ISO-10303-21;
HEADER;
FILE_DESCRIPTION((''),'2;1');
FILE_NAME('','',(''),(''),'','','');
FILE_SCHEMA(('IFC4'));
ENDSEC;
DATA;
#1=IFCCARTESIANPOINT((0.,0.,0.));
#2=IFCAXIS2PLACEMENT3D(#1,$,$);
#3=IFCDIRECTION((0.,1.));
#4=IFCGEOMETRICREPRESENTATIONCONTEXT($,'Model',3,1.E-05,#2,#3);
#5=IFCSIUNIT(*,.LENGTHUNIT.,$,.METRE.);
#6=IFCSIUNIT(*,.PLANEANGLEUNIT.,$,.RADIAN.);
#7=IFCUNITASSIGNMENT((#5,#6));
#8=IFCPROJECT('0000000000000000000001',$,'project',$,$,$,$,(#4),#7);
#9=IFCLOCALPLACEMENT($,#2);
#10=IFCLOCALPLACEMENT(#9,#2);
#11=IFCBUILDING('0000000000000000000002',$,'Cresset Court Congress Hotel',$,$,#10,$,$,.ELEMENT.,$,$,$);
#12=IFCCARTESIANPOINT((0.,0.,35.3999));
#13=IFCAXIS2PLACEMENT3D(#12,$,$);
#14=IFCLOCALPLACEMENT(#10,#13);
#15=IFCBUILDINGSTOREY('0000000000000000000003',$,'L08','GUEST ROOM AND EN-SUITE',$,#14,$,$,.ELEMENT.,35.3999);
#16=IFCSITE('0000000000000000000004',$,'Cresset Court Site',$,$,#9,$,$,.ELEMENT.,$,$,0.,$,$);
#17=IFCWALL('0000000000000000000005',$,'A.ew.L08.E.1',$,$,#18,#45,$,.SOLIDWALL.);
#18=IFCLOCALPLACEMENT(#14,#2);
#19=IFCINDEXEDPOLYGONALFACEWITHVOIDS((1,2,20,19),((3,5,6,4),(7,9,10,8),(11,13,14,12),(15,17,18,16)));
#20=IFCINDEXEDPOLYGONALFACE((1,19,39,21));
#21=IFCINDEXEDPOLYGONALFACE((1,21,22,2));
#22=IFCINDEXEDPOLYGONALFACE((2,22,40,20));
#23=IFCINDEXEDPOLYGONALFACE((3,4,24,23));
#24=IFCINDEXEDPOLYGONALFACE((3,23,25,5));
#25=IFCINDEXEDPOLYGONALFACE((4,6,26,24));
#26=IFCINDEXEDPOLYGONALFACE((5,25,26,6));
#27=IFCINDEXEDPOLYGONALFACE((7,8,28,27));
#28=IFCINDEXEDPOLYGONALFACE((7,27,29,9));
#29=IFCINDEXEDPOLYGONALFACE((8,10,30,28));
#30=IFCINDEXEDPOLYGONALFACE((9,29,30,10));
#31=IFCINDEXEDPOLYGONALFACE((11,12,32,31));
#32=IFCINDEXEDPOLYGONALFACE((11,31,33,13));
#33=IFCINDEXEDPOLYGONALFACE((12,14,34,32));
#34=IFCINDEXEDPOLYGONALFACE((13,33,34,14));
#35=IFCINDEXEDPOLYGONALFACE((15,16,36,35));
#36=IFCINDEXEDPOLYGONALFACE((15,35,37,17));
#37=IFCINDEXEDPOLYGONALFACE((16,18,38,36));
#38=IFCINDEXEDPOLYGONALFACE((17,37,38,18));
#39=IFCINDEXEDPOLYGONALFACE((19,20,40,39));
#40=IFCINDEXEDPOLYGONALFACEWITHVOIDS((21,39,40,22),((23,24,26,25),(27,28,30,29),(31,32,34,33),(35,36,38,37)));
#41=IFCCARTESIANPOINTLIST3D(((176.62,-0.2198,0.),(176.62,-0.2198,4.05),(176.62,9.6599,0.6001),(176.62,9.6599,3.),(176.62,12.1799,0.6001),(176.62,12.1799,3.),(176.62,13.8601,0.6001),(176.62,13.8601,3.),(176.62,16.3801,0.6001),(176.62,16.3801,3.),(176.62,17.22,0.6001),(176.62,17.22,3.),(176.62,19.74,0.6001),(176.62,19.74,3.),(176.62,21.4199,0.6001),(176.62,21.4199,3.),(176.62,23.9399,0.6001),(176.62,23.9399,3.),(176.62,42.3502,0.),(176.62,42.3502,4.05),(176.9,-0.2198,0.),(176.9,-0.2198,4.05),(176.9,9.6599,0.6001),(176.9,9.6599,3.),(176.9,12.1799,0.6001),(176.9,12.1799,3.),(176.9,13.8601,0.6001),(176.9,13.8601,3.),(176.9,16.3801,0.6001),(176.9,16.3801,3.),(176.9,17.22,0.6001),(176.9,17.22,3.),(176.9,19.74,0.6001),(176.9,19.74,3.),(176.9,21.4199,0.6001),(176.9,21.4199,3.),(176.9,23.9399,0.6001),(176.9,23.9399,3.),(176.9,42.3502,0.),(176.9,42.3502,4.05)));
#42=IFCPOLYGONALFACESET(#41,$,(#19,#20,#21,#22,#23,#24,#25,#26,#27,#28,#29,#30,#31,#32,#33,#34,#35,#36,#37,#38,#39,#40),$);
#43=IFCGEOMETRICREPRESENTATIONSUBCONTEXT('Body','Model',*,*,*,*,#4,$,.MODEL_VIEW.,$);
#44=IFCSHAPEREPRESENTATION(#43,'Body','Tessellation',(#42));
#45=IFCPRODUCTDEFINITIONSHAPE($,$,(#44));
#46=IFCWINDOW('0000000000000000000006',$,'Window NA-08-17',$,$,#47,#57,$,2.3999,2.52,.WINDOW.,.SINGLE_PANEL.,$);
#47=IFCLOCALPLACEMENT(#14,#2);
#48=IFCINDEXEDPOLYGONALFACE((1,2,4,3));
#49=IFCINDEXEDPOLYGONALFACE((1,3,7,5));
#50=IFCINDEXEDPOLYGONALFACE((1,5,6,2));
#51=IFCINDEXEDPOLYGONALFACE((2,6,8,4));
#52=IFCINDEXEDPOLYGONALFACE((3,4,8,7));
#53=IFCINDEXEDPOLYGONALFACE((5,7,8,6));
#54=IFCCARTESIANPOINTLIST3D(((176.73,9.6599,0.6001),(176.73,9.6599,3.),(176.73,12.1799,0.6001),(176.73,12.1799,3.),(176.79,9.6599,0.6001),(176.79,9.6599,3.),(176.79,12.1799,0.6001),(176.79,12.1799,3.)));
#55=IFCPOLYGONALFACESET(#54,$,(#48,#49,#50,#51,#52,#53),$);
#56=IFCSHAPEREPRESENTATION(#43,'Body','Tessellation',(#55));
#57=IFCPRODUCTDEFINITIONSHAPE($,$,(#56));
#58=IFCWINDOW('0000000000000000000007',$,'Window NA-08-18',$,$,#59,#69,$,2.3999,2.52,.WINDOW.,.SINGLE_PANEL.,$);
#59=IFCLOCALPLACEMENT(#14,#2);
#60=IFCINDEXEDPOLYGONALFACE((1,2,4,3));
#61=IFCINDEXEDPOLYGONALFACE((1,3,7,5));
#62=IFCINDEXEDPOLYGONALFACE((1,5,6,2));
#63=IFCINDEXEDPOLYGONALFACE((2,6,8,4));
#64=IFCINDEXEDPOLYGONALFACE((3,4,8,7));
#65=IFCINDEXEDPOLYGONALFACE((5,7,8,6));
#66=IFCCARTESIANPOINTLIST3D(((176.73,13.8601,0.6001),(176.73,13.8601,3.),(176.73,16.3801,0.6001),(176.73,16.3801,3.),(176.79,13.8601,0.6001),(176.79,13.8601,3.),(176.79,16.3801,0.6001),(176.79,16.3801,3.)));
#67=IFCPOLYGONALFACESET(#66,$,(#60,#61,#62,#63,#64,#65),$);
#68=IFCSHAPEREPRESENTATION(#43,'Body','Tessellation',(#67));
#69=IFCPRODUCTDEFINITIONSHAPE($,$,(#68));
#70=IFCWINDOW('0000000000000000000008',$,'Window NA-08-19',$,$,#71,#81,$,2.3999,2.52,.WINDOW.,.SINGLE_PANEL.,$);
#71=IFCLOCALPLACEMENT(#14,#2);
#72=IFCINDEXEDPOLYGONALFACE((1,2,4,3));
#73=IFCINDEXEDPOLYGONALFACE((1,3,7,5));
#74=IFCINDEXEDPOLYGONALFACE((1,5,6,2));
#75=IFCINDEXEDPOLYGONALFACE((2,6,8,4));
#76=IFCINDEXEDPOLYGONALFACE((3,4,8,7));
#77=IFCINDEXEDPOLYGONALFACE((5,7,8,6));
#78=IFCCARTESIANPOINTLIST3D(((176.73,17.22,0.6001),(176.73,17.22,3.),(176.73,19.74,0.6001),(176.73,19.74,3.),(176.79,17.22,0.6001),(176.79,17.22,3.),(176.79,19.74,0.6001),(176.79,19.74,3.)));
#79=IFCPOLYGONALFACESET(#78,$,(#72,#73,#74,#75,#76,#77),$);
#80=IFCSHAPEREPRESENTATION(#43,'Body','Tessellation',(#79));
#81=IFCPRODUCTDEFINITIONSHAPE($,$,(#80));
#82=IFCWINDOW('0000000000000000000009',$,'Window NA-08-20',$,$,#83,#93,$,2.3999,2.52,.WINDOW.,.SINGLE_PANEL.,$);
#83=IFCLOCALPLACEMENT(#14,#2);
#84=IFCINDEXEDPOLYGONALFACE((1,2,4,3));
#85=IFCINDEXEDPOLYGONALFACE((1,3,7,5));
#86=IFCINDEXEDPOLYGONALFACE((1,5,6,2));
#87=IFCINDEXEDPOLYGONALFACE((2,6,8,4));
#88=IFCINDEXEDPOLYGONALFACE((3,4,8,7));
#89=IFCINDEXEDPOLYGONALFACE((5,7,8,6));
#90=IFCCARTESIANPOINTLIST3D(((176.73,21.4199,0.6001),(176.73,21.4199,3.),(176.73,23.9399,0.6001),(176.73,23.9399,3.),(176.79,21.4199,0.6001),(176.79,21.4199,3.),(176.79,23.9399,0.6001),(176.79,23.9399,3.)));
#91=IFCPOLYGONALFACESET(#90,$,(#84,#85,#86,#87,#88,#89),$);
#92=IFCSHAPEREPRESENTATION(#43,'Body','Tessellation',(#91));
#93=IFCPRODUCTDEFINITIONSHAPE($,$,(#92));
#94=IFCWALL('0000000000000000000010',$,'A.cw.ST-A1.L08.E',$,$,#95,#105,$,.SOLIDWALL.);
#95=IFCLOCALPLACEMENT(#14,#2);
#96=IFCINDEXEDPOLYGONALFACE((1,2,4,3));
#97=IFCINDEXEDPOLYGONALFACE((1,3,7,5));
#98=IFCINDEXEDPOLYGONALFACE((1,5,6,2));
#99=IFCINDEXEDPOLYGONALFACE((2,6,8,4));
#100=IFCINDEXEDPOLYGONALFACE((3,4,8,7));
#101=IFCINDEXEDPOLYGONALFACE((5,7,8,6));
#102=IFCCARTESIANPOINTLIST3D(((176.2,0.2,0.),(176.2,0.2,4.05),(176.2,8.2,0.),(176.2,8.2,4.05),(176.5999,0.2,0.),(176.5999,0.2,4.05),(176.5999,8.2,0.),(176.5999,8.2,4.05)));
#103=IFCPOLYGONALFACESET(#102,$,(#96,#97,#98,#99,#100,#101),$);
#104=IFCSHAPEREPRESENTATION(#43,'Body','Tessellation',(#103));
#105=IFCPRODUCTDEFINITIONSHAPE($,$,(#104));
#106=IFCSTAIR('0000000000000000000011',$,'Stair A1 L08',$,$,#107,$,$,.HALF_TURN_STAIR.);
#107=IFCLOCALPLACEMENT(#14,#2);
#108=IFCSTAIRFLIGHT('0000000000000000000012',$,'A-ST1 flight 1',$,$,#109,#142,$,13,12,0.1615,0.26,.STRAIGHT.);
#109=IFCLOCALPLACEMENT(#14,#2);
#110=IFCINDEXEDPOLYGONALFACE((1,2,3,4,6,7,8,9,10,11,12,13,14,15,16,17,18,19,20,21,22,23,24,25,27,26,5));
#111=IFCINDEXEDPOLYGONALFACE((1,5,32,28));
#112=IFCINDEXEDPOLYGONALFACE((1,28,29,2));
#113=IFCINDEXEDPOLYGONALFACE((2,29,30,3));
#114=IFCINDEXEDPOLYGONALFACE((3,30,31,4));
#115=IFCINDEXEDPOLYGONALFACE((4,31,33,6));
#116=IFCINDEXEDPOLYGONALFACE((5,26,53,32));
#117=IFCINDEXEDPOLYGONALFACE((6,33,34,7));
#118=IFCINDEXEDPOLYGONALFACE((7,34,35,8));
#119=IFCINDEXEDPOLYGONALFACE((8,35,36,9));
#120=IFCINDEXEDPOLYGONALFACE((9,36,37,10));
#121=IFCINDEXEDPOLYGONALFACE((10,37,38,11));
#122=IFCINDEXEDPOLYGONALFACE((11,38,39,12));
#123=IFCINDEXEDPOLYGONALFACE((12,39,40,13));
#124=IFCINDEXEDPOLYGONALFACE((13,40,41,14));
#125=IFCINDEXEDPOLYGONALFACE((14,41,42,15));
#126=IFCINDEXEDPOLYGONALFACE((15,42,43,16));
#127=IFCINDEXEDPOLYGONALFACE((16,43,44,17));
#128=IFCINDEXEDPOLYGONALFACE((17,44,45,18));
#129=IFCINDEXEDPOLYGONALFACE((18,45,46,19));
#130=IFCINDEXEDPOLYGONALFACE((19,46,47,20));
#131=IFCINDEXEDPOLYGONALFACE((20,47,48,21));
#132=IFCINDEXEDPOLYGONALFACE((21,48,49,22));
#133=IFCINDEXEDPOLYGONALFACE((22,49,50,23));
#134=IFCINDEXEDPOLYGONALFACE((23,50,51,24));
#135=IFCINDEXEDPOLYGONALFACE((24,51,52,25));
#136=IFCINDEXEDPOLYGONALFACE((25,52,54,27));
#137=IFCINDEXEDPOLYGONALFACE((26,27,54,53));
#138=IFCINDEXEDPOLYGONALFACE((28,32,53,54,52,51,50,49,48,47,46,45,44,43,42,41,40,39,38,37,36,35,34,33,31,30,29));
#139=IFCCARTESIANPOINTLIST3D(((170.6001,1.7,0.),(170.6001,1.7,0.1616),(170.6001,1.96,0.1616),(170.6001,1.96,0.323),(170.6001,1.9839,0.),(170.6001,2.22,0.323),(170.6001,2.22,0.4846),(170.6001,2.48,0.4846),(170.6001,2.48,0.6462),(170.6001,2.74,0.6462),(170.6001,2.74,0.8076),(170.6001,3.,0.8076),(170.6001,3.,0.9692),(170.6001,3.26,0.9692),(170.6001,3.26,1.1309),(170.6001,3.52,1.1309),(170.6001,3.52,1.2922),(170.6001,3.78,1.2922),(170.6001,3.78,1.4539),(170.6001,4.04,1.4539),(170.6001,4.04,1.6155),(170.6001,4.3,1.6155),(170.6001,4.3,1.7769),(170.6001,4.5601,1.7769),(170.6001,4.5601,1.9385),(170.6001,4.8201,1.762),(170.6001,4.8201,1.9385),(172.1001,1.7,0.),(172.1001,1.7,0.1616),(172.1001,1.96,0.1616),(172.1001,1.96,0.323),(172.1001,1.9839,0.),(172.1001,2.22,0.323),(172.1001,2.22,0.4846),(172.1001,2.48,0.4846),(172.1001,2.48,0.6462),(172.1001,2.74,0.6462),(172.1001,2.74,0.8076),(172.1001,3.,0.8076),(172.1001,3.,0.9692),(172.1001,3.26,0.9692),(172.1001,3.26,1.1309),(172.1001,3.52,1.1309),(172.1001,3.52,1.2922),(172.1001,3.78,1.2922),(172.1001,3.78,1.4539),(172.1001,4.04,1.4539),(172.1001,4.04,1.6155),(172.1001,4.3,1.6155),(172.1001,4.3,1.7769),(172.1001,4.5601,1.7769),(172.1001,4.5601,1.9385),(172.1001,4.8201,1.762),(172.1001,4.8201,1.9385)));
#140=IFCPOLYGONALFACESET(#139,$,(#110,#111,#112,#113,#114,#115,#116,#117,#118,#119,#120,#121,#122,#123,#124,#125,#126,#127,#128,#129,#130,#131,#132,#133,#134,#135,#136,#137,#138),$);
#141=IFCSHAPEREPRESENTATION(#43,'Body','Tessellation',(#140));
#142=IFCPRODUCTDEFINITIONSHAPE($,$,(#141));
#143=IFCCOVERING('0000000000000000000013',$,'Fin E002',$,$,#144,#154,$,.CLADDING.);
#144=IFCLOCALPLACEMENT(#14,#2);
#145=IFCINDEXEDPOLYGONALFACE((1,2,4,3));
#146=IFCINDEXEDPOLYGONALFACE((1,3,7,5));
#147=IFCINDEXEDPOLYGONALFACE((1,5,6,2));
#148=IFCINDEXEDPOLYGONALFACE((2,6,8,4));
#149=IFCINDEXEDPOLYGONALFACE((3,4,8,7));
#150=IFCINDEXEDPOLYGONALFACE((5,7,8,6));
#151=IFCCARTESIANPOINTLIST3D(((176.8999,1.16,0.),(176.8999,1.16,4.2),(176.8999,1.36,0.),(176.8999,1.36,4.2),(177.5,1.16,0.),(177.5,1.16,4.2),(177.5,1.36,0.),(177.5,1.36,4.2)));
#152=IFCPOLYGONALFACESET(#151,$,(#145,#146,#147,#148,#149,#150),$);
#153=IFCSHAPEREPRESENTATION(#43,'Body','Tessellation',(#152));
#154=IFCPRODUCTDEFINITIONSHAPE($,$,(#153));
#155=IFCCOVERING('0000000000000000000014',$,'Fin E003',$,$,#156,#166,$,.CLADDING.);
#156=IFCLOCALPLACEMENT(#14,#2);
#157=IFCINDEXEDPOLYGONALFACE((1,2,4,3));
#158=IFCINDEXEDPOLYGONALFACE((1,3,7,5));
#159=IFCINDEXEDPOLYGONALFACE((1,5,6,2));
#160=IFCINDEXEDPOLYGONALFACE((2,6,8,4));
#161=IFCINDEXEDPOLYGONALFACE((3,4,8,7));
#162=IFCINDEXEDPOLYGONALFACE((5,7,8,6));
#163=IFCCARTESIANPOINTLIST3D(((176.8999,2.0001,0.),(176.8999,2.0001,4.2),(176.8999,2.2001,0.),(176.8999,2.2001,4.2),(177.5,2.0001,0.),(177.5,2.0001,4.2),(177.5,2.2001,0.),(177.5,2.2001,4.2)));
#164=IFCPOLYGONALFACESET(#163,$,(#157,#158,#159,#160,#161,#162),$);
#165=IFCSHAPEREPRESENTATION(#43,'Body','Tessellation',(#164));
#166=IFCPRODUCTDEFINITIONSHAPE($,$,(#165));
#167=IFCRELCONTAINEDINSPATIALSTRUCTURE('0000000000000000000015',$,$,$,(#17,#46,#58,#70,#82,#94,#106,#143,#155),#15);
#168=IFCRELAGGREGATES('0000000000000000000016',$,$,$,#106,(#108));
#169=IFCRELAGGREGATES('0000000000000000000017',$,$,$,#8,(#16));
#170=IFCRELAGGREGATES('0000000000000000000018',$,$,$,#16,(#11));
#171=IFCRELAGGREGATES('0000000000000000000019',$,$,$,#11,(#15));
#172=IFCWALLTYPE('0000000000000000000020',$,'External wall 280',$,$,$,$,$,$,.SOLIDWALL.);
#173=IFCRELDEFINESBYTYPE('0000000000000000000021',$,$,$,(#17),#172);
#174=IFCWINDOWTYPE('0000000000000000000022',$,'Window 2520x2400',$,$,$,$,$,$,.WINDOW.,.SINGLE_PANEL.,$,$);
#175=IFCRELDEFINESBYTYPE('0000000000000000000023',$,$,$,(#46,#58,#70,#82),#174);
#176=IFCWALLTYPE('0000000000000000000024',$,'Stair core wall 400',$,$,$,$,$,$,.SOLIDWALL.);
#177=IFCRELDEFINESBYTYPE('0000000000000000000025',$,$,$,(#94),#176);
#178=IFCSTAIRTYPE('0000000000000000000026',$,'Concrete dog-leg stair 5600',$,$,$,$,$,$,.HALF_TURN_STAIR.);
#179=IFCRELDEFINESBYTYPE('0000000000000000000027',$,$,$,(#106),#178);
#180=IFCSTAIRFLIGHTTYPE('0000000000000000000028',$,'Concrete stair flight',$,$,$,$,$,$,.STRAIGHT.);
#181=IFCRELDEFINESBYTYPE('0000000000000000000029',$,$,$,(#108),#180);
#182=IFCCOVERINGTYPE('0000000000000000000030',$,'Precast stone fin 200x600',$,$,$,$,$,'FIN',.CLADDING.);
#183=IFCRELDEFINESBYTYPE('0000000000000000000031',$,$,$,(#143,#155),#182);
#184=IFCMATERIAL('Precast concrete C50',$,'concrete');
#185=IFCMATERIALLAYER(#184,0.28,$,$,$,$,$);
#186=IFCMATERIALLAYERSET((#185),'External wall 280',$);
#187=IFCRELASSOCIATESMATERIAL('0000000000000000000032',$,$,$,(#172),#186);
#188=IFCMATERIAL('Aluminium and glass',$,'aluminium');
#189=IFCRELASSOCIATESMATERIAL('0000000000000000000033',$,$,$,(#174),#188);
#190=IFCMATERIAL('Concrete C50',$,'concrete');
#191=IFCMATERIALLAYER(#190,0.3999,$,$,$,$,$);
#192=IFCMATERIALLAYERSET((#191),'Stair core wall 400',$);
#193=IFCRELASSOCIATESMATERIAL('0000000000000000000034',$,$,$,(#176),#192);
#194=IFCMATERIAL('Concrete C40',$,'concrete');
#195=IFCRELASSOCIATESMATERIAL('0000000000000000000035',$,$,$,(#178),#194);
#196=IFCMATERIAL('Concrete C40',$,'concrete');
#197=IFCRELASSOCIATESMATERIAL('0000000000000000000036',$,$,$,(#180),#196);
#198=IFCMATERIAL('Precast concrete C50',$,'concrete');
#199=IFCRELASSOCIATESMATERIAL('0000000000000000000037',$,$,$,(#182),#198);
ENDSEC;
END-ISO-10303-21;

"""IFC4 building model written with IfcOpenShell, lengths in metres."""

from ifc_helpers import new_model, si_unit, direction, frame, frame_2d, origin, origin_2d, place, context, subcontext, project, spatial, polyline, rectangle, outline, extrude, material, layer, layer_set, type_object, element, fill, aggregate, save


model = new_model("IFC4")

# Units and contexts
model_context = context("Model", 3, precision=1e-05, world=origin(), true_north=direction((0.0, 1.0)))
body_context = subcontext(model_context, "Body", "Model", "MODEL_VIEW")
ifc_project = project(units=[si_unit("LENGTHUNIT", "METRE"), si_unit("PLANEANGLEUNIT", "RADIAN")], contexts=[model_context])

# Site, building, storey
site_placement = place(None, origin())
site = spatial("IfcSite", under=ifc_project, at=site_placement, Name="Cresset Court Site", CompositionType="ELEMENT", RefElevation=0.0)
building_placement = place(site_placement, origin())
building = spatial("IfcBuilding", under=site, at=building_placement, Name="Cresset Court Congress Hotel", CompositionType="ELEMENT")
storey_placement = place(building_placement, frame((0.0, 0.0, 35.3999)))
storey = spatial("IfcBuildingStorey", under=building, at=storey_placement, Name="L08", Description="GUEST ROOM AND EN-SUITE", CompositionType="ELEMENT", Elevation=35.3999)

# Wall, openings, windows
ifc_material_1 = material(Name="Precast concrete C50", Category="concrete")
ifc_layer_1 = layer(ifc_material_1, 0.28)
ifc_layer_set_1 = layer_set([ifc_layer_1], Name="External wall 280")
wall_type_1 = type_object("IfcWallType", Name="External wall 280", PredefinedType="SOLIDWALL", material=ifc_layer_set_1)
wall_1_placement = place(storey_placement, frame((176.76, -0.22, 0.0), z_axis=(0.0, 0.0, 1.0), x_axis=(0.0, 1.0, 0.0)))
wall_1 = element("IfcWall", 1, at=wall_1_placement, inside=storey, type_object=wall_type_1, Name="A.ew.L08.E.1", PredefinedType="SOLIDWALL", context=body_context, shape_type="SweptSolid", body=[
    extrude(rectangle(XDim=42.5701, YDim=0.28, at=frame_2d((21.2852, 0.0))), origin(), (0.0, 0.0, 1.0), 4.05),
])
opening_1_placement = place(wall_1_placement, frame((9.8799, 0.0, 0.6001)))
opening_1 = element("IfcOpeningElement", 2, at=opening_1_placement, cuts=wall_1, PredefinedType="OPENING", context=body_context, shape_type="SweptSolid", body=[
    extrude(rectangle(XDim=2.52, YDim=2.3999, at=frame_2d((1.26, 1.2))), frame((0.0, 0.1499, 0.0), z_axis=(0.0, -1.0, 0.0), x_axis=(1.0, 0.0, 0.0)), (0.0, 0.0, 1.0), 0.3),
])
opening_2_placement = place(wall_1_placement, frame((14.0801, 0.0, 0.6001)))
opening_2 = element("IfcOpeningElement", 3, at=opening_2_placement, cuts=wall_1, PredefinedType="OPENING", context=body_context, shape_type="SweptSolid", body=[
    extrude(rectangle(XDim=2.52, YDim=2.3999, at=frame_2d((1.26, 1.2))), frame((0.0, 0.1499, 0.0), z_axis=(0.0, -1.0, 0.0), x_axis=(1.0, 0.0, 0.0)), (0.0, 0.0, 1.0), 0.3),
])
opening_3_placement = place(wall_1_placement, frame((17.4399, 0.0, 0.6001)))
opening_3 = element("IfcOpeningElement", 4, at=opening_3_placement, cuts=wall_1, PredefinedType="OPENING", context=body_context, shape_type="SweptSolid", body=[
    extrude(rectangle(XDim=2.52, YDim=2.3999, at=frame_2d((1.26, 1.2))), frame((0.0, 0.1499, 0.0), z_axis=(0.0, -1.0, 0.0), x_axis=(1.0, 0.0, 0.0)), (0.0, 0.0, 1.0), 0.3),
])
opening_4_placement = place(wall_1_placement, frame((21.6399, 0.0, 0.6001)))
opening_4 = element("IfcOpeningElement", 5, at=opening_4_placement, cuts=wall_1, PredefinedType="OPENING", context=body_context, shape_type="SweptSolid", body=[
    extrude(rectangle(XDim=2.52, YDim=2.3999, at=frame_2d((1.26, 1.2))), frame((0.0, 0.1499, 0.0), z_axis=(0.0, -1.0, 0.0), x_axis=(1.0, 0.0, 0.0)), (0.0, 0.0, 1.0), 0.3),
])
ifc_material_2 = material(Name="Aluminium and glass", Category="aluminium")
window_type = type_object("IfcWindowType", Name="Window 2520x2400", PartitioningType="SINGLE_PANEL", PredefinedType="WINDOW", material=ifc_material_2)
window_1_placement = place(opening_1_placement, origin())
window_1 = element("IfcWindow", 6, at=window_1_placement, inside=storey, type_object=window_type, Name="Window NA-08-17", OverallHeight=2.3999, OverallWidth=2.52, PartitioningType="SINGLE_PANEL", PredefinedType="WINDOW", context=body_context, shape_type="SweptSolid", body=[
    extrude(rectangle(XDim=2.52, YDim=2.3999, at=frame_2d((1.26, 1.2))), frame((0.0, 0.03, 0.0), z_axis=(0.0, -1.0, 0.0), x_axis=(1.0, 0.0, 0.0)), (0.0, 0.0, 1.0), 0.0601),
])
fill(opening_1, window_1)
window_2_placement = place(opening_2_placement, origin())
window_2 = element("IfcWindow", 7, at=window_2_placement, inside=storey, type_object=window_type, Name="Window NA-08-18", OverallHeight=2.3999, OverallWidth=2.52, PartitioningType="SINGLE_PANEL", PredefinedType="WINDOW", context=body_context, shape_type="SweptSolid", body=[
    extrude(rectangle(XDim=2.52, YDim=2.3999, at=frame_2d((1.26, 1.2))), frame((0.0, 0.03, 0.0), z_axis=(0.0, -1.0, 0.0), x_axis=(1.0, 0.0, 0.0)), (0.0, 0.0, 1.0), 0.0601),
])
fill(opening_2, window_2)
window_3_placement = place(opening_3_placement, origin())
window_3 = element("IfcWindow", 8, at=window_3_placement, inside=storey, type_object=window_type, Name="Window NA-08-19", OverallHeight=2.3999, OverallWidth=2.52, PartitioningType="SINGLE_PANEL", PredefinedType="WINDOW", context=body_context, shape_type="SweptSolid", body=[
    extrude(rectangle(XDim=2.52, YDim=2.3999, at=frame_2d((1.26, 1.2))), frame((0.0, 0.03, 0.0), z_axis=(0.0, -1.0, 0.0), x_axis=(1.0, 0.0, 0.0)), (0.0, 0.0, 1.0), 0.0601),
])
fill(opening_3, window_3)
window_4_placement = place(opening_4_placement, origin())
window_4 = element("IfcWindow", 9, at=window_4_placement, inside=storey, type_object=window_type, Name="Window NA-08-20", OverallHeight=2.3999, OverallWidth=2.52, PartitioningType="SINGLE_PANEL", PredefinedType="WINDOW", context=body_context, shape_type="SweptSolid", body=[
    extrude(rectangle(XDim=2.52, YDim=2.3999, at=frame_2d((1.26, 1.2))), frame((0.0, 0.03, 0.0), z_axis=(0.0, -1.0, 0.0), x_axis=(1.0, 0.0, 0.0)), (0.0, 0.0, 1.0), 0.0601),
])
fill(opening_4, window_4)

# Wall
ifc_material_3 = material(Name="Concrete C50", Category="concrete")
ifc_layer_2 = layer(ifc_material_3, 0.3999)
ifc_layer_set_2 = layer_set([ifc_layer_2], Name="Stair core wall 400")
wall_type_2 = type_object("IfcWallType", Name="Stair core wall 400", PredefinedType="SOLIDWALL", material=ifc_layer_set_2)
wall_2_placement = place(storey_placement, frame((176.3999, 0.2, 0.0), z_axis=(0.0, 0.0, 1.0), x_axis=(0.0, 1.0, 0.0)))
element("IfcWall", 10, at=wall_2_placement, inside=storey, type_object=wall_type_2, Name="A.cw.ST-A1.L08.E", PredefinedType="SOLIDWALL", context=body_context, shape_type="SweptSolid", body=[
    extrude(rectangle(XDim=8.0, YDim=0.3999, at=frame_2d((4.0, 0.0))), origin(), (0.0, 0.0, 1.0), 4.05),
])

# Stair, stair flight
ifc_material_4 = material(Name="Concrete C40", Category="concrete")
stair_type = type_object("IfcStairType", Name="Concrete dog-leg stair 5600", PredefinedType="HALF_TURN_STAIR", material=ifc_material_4)
stair_placement = place(storey_placement, origin())
stair = element("IfcStair", 11, at=stair_placement, inside=storey, type_object=stair_type, Name="Stair A1 L08", PredefinedType="HALF_TURN_STAIR")
ifc_material_5 = material(Name="Concrete C40", Category="concrete")
stair_flight_type = type_object("IfcStairFlightType", Name="Concrete stair flight", PredefinedType="STRAIGHT", material=ifc_material_5)
stair_flight_placement = place(storey_placement, frame((171.3501, 1.7, 0.0), z_axis=(0.0, 0.0, 1.0), x_axis=(0.0, 1.0, 0.0)))
stair_flight = element("IfcStairFlight", 12, at=stair_flight_placement, type_object=stair_flight_type, Name="A-ST1 flight 1", NumberOfRisers=13, NumberOfTreads=12, PredefinedType="STRAIGHT", RiserHeight=0.1615, TreadLength=0.26, context=body_context, shape_type="SweptSolid", body=[
    extrude(outline(polyline([(0.0, 0.0), (0.0, 0.1616), (0.26, 0.1616), (0.26, 0.323), (0.52, 0.323), (0.52, 0.4846), (0.78, 0.4846), (0.78, 0.6462), (1.04, 0.6462), (1.04, 0.8076), (1.3, 0.8076), (1.3, 0.9692), (1.5601, 0.9692), (1.5601, 1.1309), (1.8201, 1.1309), (1.8201, 1.2922), (2.0801, 1.2922), (2.0801, 1.4539), (2.3401, 1.4539), (2.3401, 1.6155), (2.6001, 1.6155), (2.6001, 1.7769), (2.8601, 1.7769), (2.8601, 1.9385), (3.1201, 1.9385), (3.1201, 2.1001), (3.1201, 1.762), (0.2839, 0.0), (0.0, 0.0)])), frame((0.0, 0.75, 0.0), z_axis=(0.0, -1.0, 0.0), x_axis=(1.0, 0.0, 0.0)), (0.0, 0.0, 1.0), 1.5),
])
aggregate(stair, [stair_flight])

# Coverings
ifc_material_6 = material(Name="Precast concrete C50", Category="concrete")
covering_type_1 = type_object("IfcCoveringType", Name="Precast stone fin 200x600", ElementType="FIN", PredefinedType="CLADDING", material=ifc_material_6)
for number, where, z_axis, x_axis, name in (
    (13, (177.2, 1.26, 0.0), (0.0, 0.0, 1.0), (1.0, 0.0, 0.0), "Fin E002"),
    (14, (177.2, 2.1001, 0.0), (0.0, 0.0, 1.0), (1.0, 0.0, 0.0), "Fin E003"),
):
    element("IfcCovering", number, at=place(storey_placement, frame(where, z_axis=z_axis, x_axis=x_axis)), inside=storey, type_object=covering_type_1, Name=name, PredefinedType="CLADDING", context=body_context, shape_type="SweptSolid", body=[
        extrude(rectangle(XDim=0.6001, YDim=0.2, at=origin_2d()), origin(), (0.0, 0.0, 1.0), 4.2),
    ])

save(model, "model.ifc")
